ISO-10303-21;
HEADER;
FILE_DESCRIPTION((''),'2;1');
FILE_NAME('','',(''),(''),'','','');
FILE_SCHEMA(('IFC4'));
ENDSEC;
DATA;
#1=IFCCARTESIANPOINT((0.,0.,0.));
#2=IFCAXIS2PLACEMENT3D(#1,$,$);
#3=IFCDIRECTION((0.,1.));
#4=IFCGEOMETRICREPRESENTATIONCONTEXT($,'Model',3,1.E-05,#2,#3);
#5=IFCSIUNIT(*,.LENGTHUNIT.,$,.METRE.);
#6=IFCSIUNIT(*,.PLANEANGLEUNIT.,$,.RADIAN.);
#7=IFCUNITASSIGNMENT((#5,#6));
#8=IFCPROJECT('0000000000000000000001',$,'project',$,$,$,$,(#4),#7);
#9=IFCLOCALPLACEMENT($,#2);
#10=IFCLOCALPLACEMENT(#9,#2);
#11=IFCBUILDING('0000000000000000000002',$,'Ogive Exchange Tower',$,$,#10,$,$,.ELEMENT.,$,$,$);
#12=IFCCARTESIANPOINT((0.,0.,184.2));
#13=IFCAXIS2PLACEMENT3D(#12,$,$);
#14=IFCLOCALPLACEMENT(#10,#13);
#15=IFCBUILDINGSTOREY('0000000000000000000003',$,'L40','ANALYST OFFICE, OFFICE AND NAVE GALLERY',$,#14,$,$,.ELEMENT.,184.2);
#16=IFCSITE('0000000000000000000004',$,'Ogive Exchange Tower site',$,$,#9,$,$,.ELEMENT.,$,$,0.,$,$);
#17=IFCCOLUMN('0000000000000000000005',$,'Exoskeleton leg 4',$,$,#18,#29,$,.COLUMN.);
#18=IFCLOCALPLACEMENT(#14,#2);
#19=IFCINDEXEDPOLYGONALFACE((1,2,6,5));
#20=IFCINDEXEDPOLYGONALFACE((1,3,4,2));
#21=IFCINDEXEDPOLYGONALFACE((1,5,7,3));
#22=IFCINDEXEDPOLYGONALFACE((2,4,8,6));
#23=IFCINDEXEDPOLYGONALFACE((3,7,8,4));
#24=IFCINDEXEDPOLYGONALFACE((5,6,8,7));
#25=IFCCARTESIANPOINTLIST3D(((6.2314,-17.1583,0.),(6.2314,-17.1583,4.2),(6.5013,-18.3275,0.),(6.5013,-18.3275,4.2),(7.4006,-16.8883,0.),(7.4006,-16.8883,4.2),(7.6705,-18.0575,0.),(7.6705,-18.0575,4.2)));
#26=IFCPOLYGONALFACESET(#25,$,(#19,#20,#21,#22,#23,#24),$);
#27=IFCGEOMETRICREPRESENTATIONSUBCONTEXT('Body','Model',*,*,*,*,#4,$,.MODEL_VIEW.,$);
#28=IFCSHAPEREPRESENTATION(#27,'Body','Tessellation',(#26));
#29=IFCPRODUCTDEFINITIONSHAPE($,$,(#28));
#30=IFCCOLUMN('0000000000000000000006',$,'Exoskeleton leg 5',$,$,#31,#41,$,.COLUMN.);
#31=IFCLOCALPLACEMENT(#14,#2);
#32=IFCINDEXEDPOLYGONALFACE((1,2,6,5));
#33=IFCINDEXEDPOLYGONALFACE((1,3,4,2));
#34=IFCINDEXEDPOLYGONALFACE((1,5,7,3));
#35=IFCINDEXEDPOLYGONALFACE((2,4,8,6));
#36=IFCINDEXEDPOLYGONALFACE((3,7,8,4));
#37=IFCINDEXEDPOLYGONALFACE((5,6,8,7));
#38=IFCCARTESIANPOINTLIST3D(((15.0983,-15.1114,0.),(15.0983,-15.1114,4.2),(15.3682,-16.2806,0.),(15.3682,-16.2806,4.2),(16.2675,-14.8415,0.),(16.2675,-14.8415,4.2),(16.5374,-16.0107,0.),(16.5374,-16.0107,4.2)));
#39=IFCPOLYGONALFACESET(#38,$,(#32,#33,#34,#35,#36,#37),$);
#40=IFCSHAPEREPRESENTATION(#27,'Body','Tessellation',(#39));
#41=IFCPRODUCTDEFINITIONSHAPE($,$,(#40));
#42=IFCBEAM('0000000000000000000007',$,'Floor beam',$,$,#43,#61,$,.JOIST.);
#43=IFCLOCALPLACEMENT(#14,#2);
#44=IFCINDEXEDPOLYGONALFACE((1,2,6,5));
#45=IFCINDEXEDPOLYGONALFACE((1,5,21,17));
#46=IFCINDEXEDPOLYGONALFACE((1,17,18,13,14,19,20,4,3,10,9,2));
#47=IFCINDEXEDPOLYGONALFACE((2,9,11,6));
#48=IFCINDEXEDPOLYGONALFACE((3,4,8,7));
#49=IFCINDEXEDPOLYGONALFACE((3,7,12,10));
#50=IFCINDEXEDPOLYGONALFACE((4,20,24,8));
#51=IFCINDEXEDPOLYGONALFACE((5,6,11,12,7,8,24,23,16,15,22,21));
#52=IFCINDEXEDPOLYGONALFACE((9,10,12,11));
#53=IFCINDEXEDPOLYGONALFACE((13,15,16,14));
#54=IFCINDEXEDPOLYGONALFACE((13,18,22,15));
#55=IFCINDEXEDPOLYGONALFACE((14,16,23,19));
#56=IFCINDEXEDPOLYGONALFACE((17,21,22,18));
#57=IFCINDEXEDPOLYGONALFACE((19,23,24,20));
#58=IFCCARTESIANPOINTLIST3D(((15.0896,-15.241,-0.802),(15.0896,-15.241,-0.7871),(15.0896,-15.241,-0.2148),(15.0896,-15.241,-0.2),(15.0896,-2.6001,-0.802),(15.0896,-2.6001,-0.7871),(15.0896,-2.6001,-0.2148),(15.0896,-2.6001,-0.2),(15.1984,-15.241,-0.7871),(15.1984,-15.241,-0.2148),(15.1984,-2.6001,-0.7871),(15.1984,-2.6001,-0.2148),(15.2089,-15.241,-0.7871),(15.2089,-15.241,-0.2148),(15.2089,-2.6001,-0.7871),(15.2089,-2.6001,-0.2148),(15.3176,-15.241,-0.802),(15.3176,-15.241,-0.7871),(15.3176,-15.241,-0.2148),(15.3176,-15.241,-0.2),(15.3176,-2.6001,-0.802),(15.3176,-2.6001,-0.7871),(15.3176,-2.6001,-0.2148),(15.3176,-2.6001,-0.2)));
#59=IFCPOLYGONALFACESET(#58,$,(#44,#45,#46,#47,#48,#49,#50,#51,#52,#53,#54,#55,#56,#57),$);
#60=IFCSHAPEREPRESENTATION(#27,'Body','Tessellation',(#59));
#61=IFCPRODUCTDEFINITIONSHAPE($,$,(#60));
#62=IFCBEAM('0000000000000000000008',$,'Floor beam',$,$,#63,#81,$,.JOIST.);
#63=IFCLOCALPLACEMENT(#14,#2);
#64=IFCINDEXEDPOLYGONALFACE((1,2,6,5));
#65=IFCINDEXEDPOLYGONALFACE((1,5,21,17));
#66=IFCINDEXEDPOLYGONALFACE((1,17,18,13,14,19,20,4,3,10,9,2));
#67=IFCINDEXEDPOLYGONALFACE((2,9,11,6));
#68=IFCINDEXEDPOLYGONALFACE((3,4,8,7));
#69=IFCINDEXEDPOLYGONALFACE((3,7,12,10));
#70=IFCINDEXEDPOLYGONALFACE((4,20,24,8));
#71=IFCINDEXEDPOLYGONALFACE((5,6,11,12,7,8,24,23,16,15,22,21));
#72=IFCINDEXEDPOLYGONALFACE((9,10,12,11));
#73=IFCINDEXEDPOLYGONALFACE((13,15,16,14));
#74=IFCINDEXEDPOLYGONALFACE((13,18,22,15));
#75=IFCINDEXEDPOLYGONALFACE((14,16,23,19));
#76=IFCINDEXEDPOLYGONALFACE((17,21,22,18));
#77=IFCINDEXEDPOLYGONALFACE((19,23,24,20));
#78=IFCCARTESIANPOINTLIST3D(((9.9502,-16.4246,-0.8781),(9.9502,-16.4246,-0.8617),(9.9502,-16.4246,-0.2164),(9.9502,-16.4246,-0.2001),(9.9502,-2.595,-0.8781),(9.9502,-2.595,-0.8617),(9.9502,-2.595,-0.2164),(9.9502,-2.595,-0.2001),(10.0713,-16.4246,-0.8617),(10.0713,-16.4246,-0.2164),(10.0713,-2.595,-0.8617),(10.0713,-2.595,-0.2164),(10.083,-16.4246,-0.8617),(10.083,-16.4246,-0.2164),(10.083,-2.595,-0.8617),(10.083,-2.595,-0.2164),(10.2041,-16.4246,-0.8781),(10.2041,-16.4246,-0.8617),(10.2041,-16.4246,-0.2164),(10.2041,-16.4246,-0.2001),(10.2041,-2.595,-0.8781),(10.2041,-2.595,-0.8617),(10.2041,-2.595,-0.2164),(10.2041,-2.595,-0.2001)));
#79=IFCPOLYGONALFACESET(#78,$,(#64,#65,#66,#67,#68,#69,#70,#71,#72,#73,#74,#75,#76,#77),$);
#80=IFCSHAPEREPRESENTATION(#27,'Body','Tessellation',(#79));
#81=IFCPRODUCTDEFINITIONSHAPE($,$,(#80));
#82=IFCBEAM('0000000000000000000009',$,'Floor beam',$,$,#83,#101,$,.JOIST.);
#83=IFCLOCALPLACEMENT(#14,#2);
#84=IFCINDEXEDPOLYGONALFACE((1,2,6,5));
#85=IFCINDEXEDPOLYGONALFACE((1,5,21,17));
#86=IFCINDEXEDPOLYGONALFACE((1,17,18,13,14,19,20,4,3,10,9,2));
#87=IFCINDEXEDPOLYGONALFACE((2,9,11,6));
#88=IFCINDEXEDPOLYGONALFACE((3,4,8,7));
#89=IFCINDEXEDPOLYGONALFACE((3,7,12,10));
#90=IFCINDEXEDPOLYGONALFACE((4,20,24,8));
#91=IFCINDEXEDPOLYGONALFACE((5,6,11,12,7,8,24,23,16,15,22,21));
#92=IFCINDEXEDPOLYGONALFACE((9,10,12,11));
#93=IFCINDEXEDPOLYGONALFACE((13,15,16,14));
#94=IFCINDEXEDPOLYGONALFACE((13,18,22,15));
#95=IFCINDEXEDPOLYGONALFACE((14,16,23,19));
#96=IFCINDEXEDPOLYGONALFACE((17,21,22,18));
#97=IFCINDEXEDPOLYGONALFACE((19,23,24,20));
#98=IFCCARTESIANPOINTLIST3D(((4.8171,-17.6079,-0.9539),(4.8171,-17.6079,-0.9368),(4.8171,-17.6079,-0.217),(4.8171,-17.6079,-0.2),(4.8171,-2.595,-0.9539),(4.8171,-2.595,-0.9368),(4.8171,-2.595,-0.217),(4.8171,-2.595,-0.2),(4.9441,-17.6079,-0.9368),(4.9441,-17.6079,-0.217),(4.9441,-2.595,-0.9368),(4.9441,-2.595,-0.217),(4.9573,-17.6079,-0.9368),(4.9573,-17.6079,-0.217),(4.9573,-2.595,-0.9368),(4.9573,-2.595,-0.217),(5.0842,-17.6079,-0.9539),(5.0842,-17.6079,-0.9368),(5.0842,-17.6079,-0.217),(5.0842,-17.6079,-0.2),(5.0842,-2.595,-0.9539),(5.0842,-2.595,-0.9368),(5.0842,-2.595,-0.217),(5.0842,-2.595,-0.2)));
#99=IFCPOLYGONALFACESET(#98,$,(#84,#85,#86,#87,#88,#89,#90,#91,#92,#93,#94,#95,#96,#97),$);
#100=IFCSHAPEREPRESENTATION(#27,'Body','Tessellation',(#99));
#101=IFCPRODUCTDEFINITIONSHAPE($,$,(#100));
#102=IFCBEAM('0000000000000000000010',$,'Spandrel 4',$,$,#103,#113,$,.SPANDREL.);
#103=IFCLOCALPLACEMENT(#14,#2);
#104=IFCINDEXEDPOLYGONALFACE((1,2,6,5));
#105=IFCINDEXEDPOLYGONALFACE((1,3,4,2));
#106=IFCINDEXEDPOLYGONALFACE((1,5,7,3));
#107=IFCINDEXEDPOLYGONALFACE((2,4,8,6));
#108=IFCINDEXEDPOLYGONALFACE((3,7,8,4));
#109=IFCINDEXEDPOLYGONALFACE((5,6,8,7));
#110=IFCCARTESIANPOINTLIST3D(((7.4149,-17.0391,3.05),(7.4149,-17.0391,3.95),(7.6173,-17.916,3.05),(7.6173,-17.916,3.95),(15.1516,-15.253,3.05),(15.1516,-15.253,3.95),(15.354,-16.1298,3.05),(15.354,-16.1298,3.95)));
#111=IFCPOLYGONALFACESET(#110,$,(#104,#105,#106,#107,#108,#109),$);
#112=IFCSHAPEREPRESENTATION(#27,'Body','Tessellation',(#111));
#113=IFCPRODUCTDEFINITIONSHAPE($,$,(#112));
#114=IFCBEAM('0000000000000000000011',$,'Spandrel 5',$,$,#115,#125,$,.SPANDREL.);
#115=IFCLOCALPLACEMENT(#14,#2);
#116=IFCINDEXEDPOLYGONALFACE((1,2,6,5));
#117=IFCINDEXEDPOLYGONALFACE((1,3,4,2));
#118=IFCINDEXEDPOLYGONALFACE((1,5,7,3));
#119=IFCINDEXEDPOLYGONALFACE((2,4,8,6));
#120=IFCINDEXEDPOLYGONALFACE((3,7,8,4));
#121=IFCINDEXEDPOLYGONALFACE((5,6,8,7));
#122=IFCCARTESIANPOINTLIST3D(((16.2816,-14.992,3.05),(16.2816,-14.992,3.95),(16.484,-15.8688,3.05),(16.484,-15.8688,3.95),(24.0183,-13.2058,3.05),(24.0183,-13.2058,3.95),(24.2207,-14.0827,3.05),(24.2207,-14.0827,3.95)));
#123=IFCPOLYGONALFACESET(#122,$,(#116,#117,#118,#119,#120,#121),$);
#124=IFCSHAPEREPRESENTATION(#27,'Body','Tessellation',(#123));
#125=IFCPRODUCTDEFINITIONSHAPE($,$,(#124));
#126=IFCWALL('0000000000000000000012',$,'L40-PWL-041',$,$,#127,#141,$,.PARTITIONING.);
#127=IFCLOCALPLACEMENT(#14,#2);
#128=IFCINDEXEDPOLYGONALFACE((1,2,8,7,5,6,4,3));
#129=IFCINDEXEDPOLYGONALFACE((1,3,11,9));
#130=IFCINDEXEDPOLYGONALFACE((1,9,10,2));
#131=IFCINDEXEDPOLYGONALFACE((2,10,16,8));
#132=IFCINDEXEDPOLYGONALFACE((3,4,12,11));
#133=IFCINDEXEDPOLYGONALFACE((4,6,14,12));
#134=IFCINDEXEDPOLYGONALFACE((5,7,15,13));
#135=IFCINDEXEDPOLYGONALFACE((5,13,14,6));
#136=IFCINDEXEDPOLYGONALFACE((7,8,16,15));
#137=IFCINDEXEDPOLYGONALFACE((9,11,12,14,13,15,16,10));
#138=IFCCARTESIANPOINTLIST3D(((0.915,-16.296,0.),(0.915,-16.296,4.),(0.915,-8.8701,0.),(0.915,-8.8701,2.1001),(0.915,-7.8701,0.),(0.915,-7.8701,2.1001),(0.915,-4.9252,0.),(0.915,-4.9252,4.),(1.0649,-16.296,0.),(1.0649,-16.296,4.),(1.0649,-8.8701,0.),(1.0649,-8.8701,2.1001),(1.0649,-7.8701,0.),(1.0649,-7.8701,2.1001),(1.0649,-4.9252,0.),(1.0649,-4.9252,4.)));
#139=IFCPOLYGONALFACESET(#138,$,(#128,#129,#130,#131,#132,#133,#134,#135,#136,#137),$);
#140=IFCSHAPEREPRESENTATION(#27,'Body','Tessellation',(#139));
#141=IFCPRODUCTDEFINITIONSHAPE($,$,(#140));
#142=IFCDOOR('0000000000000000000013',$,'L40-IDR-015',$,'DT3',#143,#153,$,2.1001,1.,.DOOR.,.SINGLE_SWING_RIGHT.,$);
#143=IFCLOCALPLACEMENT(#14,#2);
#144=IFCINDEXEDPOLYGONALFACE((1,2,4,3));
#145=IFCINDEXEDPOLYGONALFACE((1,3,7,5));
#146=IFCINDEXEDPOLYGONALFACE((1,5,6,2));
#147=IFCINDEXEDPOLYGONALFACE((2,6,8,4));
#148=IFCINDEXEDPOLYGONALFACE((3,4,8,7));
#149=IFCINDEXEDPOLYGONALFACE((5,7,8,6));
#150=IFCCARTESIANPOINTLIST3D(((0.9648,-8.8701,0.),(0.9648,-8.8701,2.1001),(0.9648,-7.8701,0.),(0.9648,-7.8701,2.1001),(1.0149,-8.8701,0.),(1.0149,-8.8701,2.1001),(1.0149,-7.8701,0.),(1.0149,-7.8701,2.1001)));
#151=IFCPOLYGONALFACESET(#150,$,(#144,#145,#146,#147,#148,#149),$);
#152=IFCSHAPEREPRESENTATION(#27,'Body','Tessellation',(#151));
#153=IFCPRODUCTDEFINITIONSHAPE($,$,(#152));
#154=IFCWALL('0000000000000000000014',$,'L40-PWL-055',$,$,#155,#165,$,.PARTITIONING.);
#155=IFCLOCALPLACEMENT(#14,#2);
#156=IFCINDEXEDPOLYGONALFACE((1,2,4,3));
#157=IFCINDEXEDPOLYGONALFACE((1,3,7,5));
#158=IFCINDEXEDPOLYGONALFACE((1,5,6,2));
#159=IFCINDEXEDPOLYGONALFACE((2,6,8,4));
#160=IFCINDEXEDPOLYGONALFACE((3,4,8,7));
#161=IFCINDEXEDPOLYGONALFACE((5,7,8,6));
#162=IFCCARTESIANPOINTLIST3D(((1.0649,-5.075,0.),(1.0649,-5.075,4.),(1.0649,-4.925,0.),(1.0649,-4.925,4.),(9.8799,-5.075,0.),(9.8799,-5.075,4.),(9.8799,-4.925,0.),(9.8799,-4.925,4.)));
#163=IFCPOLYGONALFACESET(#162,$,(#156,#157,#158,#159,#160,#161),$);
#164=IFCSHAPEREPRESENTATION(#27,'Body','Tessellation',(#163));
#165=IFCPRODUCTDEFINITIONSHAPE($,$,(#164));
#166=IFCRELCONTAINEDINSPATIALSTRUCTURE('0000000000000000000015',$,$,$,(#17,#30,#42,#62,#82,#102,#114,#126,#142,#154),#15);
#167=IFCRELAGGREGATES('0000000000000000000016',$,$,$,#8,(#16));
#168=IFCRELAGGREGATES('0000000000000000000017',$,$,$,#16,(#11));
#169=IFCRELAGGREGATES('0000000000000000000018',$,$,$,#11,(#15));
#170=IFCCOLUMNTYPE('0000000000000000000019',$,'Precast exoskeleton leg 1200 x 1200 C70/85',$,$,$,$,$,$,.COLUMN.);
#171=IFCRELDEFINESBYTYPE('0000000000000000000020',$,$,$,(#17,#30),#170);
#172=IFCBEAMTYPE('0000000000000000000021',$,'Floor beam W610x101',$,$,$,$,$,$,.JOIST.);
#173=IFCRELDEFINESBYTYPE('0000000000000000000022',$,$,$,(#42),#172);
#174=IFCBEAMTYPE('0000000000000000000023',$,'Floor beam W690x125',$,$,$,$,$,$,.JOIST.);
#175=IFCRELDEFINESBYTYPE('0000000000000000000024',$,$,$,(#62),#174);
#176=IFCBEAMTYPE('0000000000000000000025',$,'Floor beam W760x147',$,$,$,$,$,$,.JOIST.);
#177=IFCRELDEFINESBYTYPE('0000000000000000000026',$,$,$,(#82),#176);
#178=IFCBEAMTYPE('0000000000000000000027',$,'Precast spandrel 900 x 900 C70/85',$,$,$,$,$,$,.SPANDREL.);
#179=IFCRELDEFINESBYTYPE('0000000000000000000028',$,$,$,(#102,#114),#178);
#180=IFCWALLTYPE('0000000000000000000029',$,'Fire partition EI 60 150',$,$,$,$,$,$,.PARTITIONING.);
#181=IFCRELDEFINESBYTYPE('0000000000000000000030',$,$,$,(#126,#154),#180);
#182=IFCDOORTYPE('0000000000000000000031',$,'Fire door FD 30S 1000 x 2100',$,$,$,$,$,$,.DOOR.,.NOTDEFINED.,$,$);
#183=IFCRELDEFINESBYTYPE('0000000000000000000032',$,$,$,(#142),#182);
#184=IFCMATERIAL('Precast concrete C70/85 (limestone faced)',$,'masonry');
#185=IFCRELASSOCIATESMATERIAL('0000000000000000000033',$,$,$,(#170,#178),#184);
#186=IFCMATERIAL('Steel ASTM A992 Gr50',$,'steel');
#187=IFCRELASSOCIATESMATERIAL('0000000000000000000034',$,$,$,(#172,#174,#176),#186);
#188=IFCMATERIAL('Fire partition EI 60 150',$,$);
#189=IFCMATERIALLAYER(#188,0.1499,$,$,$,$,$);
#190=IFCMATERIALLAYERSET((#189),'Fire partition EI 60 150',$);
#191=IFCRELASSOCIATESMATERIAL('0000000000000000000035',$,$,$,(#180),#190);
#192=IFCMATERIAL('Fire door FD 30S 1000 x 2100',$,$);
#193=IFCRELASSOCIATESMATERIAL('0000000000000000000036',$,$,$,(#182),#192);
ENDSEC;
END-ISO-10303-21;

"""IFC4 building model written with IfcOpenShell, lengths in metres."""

from ifc_helpers import new_model, si_unit, direction, frame, frame_2d, origin, origin_2d, place, context, subcontext, project, spatial, rectangle, i_section, extrude, material, layer, layer_set, material_profile, profile_set, type_object, element, fill, save


model = new_model("IFC4")

# Units and contexts
model_context = context("Model", 3, precision=1e-05, world=origin(), true_north=direction((0.0, 1.0)))
body_context = subcontext(model_context, "Body", "Model", "MODEL_VIEW")
ifc_project = project(units=[si_unit("LENGTHUNIT", "METRE"), si_unit("PLANEANGLEUNIT", "RADIAN")], contexts=[model_context])

# Site, building, storey
site_placement = place(None, origin())
site = spatial("IfcSite", under=ifc_project, at=site_placement, Name="Ogive Exchange Tower site", CompositionType="ELEMENT", RefElevation=0.0)
building_placement = place(site_placement, origin())
building = spatial("IfcBuilding", under=site, at=building_placement, Name="Ogive Exchange Tower", CompositionType="ELEMENT")
storey_placement = place(building_placement, frame((0.0, 0.0, 184.2)))
storey = spatial("IfcBuildingStorey", under=building, at=storey_placement, Name="L40", Description="ANALYST OFFICE, OFFICE AND NAVE GALLERY", CompositionType="ELEMENT", Elevation=184.2)

# Columns
ifc_material_1 = material(Name="Precast concrete C70/85 (limestone faced)", Category="masonry")
ifc_material_profile_1 = material_profile(ifc_material_1, rectangle(XDim=1.2, YDim=1.2, at=origin_2d()), Name="1200 x 1200")
ifc_profile_set_1 = profile_set([ifc_material_profile_1], Name="Precast concrete C70/85 (limestone faced)")
column_type = type_object("IfcColumnType", Name="Precast exoskeleton leg 1200 x 1200 C70/85", PredefinedType="COLUMN", material=ifc_profile_set_1)
for number, where, z_axis, x_axis, name in (
    (1, (6.9509, -17.6079, 0.0), (0.0, 0.0, 1.0), (0.97437, 0.224951, 0.0), "Exoskeleton leg 4"),
    (2, (15.8179, -15.561, 0.0), (0.0, 0.0, 1.0), (0.97437, 0.224951, 0.0), "Exoskeleton leg 5"),
):
    element("IfcColumn", number, at=place(storey_placement, frame(where, z_axis=z_axis, x_axis=x_axis)), inside=storey, type_object=column_type, Name=name, PredefinedType="COLUMN", context=body_context, shape_type="SweptSolid", body=[
        extrude(rectangle(XDim=1.2, YDim=1.2, at=origin_2d()), origin(), (0.0, 0.0, 1.0), 4.2),
    ])

# Beams
ifc_material_2 = material(Name="Steel ASTM A992 Gr50", Category="steel")
ifc_material_profile_2 = material_profile(ifc_material_2, i_section(OverallWidth=0.228, OverallDepth=0.6021, WebThickness=0.0105, FlangeThickness=0.0149, at=origin_2d()), Name="W610x101")
ifc_profile_set_2 = profile_set([ifc_material_profile_2], Name="Steel ASTM A992 Gr50")
beam_type_1 = type_object("IfcBeamType", Name="Floor beam W610x101", PredefinedType="JOIST", material=ifc_profile_set_2)
beam_1_placement = place(storey_placement, frame((15.2036, -15.241, -0.501), z_axis=(0.0, 1.0, 0.0), x_axis=(-1.0, 0.0, 0.0)))
element("IfcBeam", 3, at=beam_1_placement, inside=storey, type_object=beam_type_1, Name="Floor beam", PredefinedType="JOIST", context=body_context, shape_type="SweptSolid", body=[
    extrude(i_section(OverallWidth=0.228, OverallDepth=0.6021, WebThickness=0.0105, FlangeThickness=0.0149, at=origin_2d()), origin(), (0.0, 0.0, 1.0), 12.6409),
])
ifc_material_profile_3 = material_profile(ifc_material_2, i_section(OverallWidth=0.2539, OverallDepth=0.678, WebThickness=0.0117, FlangeThickness=0.0164, at=origin_2d()), Name="W690x125")
ifc_profile_set_3 = profile_set([ifc_material_profile_3], Name="Steel ASTM A992 Gr50")
beam_type_2 = type_object("IfcBeamType", Name="Floor beam W690x125", PredefinedType="JOIST", material=ifc_profile_set_3)
beam_2_placement = place(storey_placement, frame((10.0771, -16.4246, -0.5391), z_axis=(0.0, 1.0, 0.0), x_axis=(-1.0, 0.0, 0.0)))
element("IfcBeam", 4, at=beam_2_placement, inside=storey, type_object=beam_type_2, Name="Floor beam", PredefinedType="JOIST", context=body_context, shape_type="SweptSolid", body=[
    extrude(i_section(OverallWidth=0.2539, OverallDepth=0.678, WebThickness=0.0117, FlangeThickness=0.0164, at=origin_2d()), origin(), (0.0, 0.0, 1.0), 13.8296),
])
ifc_material_profile_4 = material_profile(ifc_material_2, i_section(OverallWidth=0.2671, OverallDepth=0.7539, WebThickness=0.0132, FlangeThickness=0.0171, at=origin_2d()), Name="W760x147")
ifc_profile_set_4 = profile_set([ifc_material_profile_4], Name="Steel ASTM A992 Gr50")
beam_type_3 = type_object("IfcBeamType", Name="Floor beam W760x147", PredefinedType="JOIST", material=ifc_profile_set_4)
beam_3_placement = place(storey_placement, frame((4.9507, -17.6079, -0.5769), z_axis=(0.0, 1.0, 0.0), x_axis=(-1.0, 0.0, 0.0)))
element("IfcBeam", 5, at=beam_3_placement, inside=storey, type_object=beam_type_3, Name="Floor beam", PredefinedType="JOIST", context=body_context, shape_type="SweptSolid", body=[
    extrude(i_section(OverallWidth=0.2671, OverallDepth=0.7539, WebThickness=0.0132, FlangeThickness=0.0171, at=origin_2d()), origin(), (0.0, 0.0, 1.0), 15.0129),
])
ifc_material_profile_5 = material_profile(ifc_material_1, rectangle(XDim=0.8999, YDim=0.8999, at=origin_2d()), Name="900 x 900")
ifc_profile_set_5 = profile_set([ifc_material_profile_5], Name="Precast concrete C70/85 (limestone faced)")
beam_type_4 = type_object("IfcBeamType", Name="Precast spandrel 900 x 900 C70/85", PredefinedType="SPANDREL", material=ifc_profile_set_5)
for number, where, z_axis, x_axis, name in (
    (6, (7.5161, -17.4775, 3.5), (0.97437, 0.224952, 0.0), (-0.224952, 0.97437, 0.0), "Spandrel 4"),
    (7, (16.3828, -15.4304, 3.5), (0.97437, 0.224952, 0.0), (-0.224952, 0.97437, 0.0), "Spandrel 5"),
):
    element("IfcBeam", number, at=place(storey_placement, frame(where, z_axis=z_axis, x_axis=x_axis)), inside=storey, type_object=beam_type_4, Name=name, PredefinedType="SPANDREL", context=body_context, shape_type="SweptSolid", body=[
        extrude(rectangle(XDim=0.8999, YDim=0.8999, at=origin_2d()), origin(), (0.0, 0.0, 1.0), 7.9402),
    ])

# Wall, opening, door
ifc_material_3 = material(Name="Fire partition EI 60 150")
ifc_layer_1 = layer(ifc_material_3, 0.1499)
ifc_layer_set_1 = layer_set([ifc_layer_1], Name="Fire partition EI 60 150")
wall_type_1 = type_object("IfcWallType", Name="Fire partition EI 60 150", PredefinedType="PARTITIONING", material=ifc_layer_set_1)
wall_1_placement = place(storey_placement, frame((0.99, -4.925, 0.0), z_axis=(0.0, 0.0, 1.0), x_axis=(0.0, -1.0, 0.0)))
wall_1 = element("IfcWall", 8, at=wall_1_placement, inside=storey, type_object=wall_type_1, Name="L40-PWL-041", PredefinedType="PARTITIONING", context=body_context, shape_type="SweptSolid", body=[
    extrude(rectangle(XDim=11.3708, YDim=0.1499, at=frame_2d((5.6855, 0.0))), origin(), (0.0, 0.0, 1.0), 4.0),
])
opening_1_placement = place(wall_1_placement, frame((2.9451, 0.0, 0.0)))
opening_1 = element("IfcOpeningElement", 9, at=opening_1_placement, cuts=wall_1, PredefinedType="OPENING", context=body_context, shape_type="SweptSolid", body=[
    extrude(rectangle(XDim=1.0, YDim=2.1001, at=frame_2d((0.5, 1.05))), frame((0.0, 0.085, 0.0), z_axis=(0.0, -1.0, 0.0), x_axis=(1.0, 0.0, 0.0)), (0.0, 0.0, 1.0), 0.1699),
])
ifc_material_4 = material(Name="Fire door FD 30S 1000 x 2100")
door_type_1 = type_object("IfcDoorType", Name="Fire door FD 30S 1000 x 2100", OperationType="NOTDEFINED", PredefinedType="DOOR", material=ifc_material_4)
door_1_placement = place(opening_1_placement, origin())
door_1 = element("IfcDoor", 10, at=door_1_placement, inside=storey, type_object=door_type_1, Name="L40-IDR-015", ObjectType="DT3", OperationType="SINGLE_SWING_RIGHT", OverallHeight=2.1001, OverallWidth=1.0, PredefinedType="DOOR", context=body_context, shape_type="SweptSolid", body=[
    extrude(rectangle(XDim=1.0, YDim=2.1001, at=frame_2d((0.5, 1.05))), frame((0.0, 0.0249, 0.0), z_axis=(0.0, -1.0, 0.0), x_axis=(1.0, 0.0, 0.0)), (0.0, 0.0, 1.0), 0.05),
])
fill(opening_1, door_1)

# Wall
wall_2_placement = place(storey_placement, frame((9.8799, -5.0, 0.0), z_axis=(0.0, 0.0, 1.0), x_axis=(-1.0, 0.0, 0.0)))
element("IfcWall", 11, at=wall_2_placement, inside=storey, type_object=wall_type_1, Name="L40-PWL-055", PredefinedType="PARTITIONING", context=body_context, shape_type="SweptSolid", body=[
    extrude(rectangle(XDim=8.8149, YDim=0.1499, at=frame_2d((4.4075, 0.0))), origin(), (0.0, 0.0, 1.0), 4.0),
])

save(model, "model.ifc")
